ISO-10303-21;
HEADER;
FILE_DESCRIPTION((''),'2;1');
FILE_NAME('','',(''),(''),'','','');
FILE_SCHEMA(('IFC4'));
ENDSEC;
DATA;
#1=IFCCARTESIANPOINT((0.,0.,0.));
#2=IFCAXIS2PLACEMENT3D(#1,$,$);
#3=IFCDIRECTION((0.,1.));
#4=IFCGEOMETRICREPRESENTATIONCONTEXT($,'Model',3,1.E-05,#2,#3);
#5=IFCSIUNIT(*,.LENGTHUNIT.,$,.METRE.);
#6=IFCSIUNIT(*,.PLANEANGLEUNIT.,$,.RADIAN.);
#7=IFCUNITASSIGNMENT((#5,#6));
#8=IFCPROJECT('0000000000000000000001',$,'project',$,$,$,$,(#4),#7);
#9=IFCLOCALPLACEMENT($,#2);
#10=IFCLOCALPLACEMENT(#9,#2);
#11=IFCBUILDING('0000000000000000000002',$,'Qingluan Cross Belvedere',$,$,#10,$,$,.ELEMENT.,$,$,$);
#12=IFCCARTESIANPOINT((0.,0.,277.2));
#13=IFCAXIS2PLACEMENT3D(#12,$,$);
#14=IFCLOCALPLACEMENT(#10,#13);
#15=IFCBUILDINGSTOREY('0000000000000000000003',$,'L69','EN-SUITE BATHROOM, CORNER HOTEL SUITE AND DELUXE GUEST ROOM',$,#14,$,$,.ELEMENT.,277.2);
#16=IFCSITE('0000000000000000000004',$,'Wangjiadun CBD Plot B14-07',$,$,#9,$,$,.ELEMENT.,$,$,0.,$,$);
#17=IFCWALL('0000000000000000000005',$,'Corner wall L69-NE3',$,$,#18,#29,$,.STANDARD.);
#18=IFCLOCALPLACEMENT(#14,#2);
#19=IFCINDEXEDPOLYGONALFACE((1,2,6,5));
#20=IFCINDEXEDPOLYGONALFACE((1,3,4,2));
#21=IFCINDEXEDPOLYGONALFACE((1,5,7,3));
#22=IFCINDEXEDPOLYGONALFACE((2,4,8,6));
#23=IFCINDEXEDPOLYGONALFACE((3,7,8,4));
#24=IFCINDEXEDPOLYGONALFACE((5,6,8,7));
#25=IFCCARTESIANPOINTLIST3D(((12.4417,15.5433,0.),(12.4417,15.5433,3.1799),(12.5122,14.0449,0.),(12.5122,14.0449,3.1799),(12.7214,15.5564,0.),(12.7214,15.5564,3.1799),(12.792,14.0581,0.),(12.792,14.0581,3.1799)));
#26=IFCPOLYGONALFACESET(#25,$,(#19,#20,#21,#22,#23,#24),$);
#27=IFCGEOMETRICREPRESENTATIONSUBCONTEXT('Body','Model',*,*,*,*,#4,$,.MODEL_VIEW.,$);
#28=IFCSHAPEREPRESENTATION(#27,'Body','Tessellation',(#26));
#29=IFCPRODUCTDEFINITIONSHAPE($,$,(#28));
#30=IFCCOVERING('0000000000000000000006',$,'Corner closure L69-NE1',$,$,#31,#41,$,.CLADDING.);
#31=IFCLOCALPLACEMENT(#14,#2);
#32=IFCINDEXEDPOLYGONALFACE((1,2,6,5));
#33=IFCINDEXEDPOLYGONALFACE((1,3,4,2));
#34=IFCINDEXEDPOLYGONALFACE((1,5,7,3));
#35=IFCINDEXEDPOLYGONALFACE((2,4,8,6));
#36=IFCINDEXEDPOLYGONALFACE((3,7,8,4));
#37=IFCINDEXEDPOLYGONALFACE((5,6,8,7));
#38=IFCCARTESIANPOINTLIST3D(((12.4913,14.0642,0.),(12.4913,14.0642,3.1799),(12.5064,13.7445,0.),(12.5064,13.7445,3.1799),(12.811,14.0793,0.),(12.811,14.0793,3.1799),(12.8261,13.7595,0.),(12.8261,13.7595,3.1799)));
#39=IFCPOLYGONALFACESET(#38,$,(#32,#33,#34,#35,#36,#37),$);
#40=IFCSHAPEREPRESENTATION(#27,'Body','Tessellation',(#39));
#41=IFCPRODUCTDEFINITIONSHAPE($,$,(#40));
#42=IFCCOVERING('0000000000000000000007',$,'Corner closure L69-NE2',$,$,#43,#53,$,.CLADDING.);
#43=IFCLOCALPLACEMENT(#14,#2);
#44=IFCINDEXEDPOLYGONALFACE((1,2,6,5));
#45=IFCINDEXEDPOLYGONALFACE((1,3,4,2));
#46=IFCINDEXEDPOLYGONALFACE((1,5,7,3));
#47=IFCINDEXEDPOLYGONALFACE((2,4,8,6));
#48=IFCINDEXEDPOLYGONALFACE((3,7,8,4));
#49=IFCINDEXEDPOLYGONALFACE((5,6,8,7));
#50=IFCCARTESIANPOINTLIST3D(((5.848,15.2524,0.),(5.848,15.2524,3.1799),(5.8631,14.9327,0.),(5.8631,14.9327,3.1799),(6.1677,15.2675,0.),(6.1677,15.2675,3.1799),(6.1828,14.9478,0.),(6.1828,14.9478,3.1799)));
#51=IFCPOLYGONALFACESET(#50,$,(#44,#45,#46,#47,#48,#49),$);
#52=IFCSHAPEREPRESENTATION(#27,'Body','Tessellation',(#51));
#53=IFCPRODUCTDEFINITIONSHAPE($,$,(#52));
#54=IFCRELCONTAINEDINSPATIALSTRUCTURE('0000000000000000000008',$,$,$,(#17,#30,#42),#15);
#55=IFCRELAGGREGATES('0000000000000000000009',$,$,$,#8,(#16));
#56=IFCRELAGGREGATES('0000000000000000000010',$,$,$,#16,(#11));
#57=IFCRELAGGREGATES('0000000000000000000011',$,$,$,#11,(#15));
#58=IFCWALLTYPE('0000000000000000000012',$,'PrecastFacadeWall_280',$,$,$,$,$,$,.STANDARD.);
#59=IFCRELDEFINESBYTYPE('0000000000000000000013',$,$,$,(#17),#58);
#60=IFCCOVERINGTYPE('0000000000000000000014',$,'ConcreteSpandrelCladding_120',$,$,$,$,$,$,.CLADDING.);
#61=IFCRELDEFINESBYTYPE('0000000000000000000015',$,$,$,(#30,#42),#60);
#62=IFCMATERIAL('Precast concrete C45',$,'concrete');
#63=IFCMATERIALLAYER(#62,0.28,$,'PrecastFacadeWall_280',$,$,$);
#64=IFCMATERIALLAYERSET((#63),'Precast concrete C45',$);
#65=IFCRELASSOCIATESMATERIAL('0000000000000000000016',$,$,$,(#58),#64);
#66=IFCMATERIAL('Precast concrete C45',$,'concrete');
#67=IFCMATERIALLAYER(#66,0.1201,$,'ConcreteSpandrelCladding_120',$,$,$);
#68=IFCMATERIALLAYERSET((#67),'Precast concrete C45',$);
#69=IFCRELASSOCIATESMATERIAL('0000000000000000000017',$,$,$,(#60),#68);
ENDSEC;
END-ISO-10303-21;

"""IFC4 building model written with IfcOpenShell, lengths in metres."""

from ifc_helpers import new_model, si_unit, direction, frame, frame_2d, origin, origin_2d, place, context, subcontext, project, spatial, rectangle, extrude, material, layer, layer_set, type_object, element, save


model = new_model("IFC4")

# Units and contexts
model_context = context("Model", 3, precision=1e-05, world=origin(), true_north=direction((0.0, 1.0)))
body_context = subcontext(model_context, "Body", "Model", "MODEL_VIEW")
ifc_project = project(units=[si_unit("LENGTHUNIT", "METRE"), si_unit("PLANEANGLEUNIT", "RADIAN")], contexts=[model_context])

# Site, building, storey
site_placement = place(None, origin())
site = spatial("IfcSite", under=ifc_project, at=site_placement, Name="Wangjiadun CBD Plot B14-07", CompositionType="ELEMENT", RefElevation=0.0)
building_placement = place(site_placement, origin())
building = spatial("IfcBuilding", under=site, at=building_placement, Name="Qingluan Cross Belvedere", CompositionType="ELEMENT")
storey_placement = place(building_placement, frame((0.0, 0.0, 277.2)))
storey = spatial("IfcBuildingStorey", under=building, at=storey_placement, Name="L69", Description="EN-SUITE BATHROOM, CORNER HOTEL SUITE AND DELUXE GUEST ROOM", CompositionType="ELEMENT", Elevation=277.2)

# Wall
ifc_material_1 = material(Name="Precast concrete C45", Category="concrete")
ifc_layer_1 = layer(ifc_material_1, 0.28, Name="PrecastFacadeWall_280")
ifc_layer_set_1 = layer_set([ifc_layer_1], Name="Precast concrete C45")
wall_type_1 = type_object("IfcWallType", Name="PrecastFacadeWall_280", PredefinedType="STANDARD", material=ifc_layer_set_1)
wall_1_placement = place(storey_placement, frame((12.6521, 14.0515, 0.0), z_axis=(0.0, 0.0, 1.0), x_axis=(-0.047039, 0.998893, 0.0)))
element("IfcWall", 1, at=wall_1_placement, inside=storey, type_object=wall_type_1, Name="Corner wall L69-NE3", PredefinedType="STANDARD", context=body_context, shape_type="SweptSolid", body=[
    extrude(rectangle(XDim=1.5, YDim=0.28, at=frame_2d((0.75, 0.0))), origin(), (0.0, 0.0, 1.0), 3.1799),
])

# Coverings
ifc_material_2 = material(Name="Precast concrete C45", Category="concrete")
ifc_layer_2 = layer(ifc_material_2, 0.1201, Name="ConcreteSpandrelCladding_120")
ifc_layer_set_2 = layer_set([ifc_layer_2], Name="Precast concrete C45")
covering_type = type_object("IfcCoveringType", Name="ConcreteSpandrelCladding_120", PredefinedType="CLADDING", material=ifc_layer_set_2)
for number, where, z_axis, x_axis, name in (
    (2, (12.6587, 13.9119, 0.0), (0.0, 0.0, 1.0), (0.99889, 0.047106, 0.0), "Corner closure L69-NE1"),
    (3, (6.0154, 15.1001, 0.0), (0.0, 0.0, 1.0), (0.99889, 0.047106, 0.0), "Corner closure L69-NE2"),
):
    element("IfcCovering", number, at=place(storey_placement, frame(where, z_axis=z_axis, x_axis=x_axis)), inside=storey, type_object=covering_type, Name=name, PredefinedType="CLADDING", context=body_context, shape_type="SweptSolid", body=[
        extrude(rectangle(XDim=0.3201, YDim=0.3201, at=origin_2d()), origin(), (0.0, 0.0, 1.0), 3.1799),
    ])

save(model, "model.ifc")
